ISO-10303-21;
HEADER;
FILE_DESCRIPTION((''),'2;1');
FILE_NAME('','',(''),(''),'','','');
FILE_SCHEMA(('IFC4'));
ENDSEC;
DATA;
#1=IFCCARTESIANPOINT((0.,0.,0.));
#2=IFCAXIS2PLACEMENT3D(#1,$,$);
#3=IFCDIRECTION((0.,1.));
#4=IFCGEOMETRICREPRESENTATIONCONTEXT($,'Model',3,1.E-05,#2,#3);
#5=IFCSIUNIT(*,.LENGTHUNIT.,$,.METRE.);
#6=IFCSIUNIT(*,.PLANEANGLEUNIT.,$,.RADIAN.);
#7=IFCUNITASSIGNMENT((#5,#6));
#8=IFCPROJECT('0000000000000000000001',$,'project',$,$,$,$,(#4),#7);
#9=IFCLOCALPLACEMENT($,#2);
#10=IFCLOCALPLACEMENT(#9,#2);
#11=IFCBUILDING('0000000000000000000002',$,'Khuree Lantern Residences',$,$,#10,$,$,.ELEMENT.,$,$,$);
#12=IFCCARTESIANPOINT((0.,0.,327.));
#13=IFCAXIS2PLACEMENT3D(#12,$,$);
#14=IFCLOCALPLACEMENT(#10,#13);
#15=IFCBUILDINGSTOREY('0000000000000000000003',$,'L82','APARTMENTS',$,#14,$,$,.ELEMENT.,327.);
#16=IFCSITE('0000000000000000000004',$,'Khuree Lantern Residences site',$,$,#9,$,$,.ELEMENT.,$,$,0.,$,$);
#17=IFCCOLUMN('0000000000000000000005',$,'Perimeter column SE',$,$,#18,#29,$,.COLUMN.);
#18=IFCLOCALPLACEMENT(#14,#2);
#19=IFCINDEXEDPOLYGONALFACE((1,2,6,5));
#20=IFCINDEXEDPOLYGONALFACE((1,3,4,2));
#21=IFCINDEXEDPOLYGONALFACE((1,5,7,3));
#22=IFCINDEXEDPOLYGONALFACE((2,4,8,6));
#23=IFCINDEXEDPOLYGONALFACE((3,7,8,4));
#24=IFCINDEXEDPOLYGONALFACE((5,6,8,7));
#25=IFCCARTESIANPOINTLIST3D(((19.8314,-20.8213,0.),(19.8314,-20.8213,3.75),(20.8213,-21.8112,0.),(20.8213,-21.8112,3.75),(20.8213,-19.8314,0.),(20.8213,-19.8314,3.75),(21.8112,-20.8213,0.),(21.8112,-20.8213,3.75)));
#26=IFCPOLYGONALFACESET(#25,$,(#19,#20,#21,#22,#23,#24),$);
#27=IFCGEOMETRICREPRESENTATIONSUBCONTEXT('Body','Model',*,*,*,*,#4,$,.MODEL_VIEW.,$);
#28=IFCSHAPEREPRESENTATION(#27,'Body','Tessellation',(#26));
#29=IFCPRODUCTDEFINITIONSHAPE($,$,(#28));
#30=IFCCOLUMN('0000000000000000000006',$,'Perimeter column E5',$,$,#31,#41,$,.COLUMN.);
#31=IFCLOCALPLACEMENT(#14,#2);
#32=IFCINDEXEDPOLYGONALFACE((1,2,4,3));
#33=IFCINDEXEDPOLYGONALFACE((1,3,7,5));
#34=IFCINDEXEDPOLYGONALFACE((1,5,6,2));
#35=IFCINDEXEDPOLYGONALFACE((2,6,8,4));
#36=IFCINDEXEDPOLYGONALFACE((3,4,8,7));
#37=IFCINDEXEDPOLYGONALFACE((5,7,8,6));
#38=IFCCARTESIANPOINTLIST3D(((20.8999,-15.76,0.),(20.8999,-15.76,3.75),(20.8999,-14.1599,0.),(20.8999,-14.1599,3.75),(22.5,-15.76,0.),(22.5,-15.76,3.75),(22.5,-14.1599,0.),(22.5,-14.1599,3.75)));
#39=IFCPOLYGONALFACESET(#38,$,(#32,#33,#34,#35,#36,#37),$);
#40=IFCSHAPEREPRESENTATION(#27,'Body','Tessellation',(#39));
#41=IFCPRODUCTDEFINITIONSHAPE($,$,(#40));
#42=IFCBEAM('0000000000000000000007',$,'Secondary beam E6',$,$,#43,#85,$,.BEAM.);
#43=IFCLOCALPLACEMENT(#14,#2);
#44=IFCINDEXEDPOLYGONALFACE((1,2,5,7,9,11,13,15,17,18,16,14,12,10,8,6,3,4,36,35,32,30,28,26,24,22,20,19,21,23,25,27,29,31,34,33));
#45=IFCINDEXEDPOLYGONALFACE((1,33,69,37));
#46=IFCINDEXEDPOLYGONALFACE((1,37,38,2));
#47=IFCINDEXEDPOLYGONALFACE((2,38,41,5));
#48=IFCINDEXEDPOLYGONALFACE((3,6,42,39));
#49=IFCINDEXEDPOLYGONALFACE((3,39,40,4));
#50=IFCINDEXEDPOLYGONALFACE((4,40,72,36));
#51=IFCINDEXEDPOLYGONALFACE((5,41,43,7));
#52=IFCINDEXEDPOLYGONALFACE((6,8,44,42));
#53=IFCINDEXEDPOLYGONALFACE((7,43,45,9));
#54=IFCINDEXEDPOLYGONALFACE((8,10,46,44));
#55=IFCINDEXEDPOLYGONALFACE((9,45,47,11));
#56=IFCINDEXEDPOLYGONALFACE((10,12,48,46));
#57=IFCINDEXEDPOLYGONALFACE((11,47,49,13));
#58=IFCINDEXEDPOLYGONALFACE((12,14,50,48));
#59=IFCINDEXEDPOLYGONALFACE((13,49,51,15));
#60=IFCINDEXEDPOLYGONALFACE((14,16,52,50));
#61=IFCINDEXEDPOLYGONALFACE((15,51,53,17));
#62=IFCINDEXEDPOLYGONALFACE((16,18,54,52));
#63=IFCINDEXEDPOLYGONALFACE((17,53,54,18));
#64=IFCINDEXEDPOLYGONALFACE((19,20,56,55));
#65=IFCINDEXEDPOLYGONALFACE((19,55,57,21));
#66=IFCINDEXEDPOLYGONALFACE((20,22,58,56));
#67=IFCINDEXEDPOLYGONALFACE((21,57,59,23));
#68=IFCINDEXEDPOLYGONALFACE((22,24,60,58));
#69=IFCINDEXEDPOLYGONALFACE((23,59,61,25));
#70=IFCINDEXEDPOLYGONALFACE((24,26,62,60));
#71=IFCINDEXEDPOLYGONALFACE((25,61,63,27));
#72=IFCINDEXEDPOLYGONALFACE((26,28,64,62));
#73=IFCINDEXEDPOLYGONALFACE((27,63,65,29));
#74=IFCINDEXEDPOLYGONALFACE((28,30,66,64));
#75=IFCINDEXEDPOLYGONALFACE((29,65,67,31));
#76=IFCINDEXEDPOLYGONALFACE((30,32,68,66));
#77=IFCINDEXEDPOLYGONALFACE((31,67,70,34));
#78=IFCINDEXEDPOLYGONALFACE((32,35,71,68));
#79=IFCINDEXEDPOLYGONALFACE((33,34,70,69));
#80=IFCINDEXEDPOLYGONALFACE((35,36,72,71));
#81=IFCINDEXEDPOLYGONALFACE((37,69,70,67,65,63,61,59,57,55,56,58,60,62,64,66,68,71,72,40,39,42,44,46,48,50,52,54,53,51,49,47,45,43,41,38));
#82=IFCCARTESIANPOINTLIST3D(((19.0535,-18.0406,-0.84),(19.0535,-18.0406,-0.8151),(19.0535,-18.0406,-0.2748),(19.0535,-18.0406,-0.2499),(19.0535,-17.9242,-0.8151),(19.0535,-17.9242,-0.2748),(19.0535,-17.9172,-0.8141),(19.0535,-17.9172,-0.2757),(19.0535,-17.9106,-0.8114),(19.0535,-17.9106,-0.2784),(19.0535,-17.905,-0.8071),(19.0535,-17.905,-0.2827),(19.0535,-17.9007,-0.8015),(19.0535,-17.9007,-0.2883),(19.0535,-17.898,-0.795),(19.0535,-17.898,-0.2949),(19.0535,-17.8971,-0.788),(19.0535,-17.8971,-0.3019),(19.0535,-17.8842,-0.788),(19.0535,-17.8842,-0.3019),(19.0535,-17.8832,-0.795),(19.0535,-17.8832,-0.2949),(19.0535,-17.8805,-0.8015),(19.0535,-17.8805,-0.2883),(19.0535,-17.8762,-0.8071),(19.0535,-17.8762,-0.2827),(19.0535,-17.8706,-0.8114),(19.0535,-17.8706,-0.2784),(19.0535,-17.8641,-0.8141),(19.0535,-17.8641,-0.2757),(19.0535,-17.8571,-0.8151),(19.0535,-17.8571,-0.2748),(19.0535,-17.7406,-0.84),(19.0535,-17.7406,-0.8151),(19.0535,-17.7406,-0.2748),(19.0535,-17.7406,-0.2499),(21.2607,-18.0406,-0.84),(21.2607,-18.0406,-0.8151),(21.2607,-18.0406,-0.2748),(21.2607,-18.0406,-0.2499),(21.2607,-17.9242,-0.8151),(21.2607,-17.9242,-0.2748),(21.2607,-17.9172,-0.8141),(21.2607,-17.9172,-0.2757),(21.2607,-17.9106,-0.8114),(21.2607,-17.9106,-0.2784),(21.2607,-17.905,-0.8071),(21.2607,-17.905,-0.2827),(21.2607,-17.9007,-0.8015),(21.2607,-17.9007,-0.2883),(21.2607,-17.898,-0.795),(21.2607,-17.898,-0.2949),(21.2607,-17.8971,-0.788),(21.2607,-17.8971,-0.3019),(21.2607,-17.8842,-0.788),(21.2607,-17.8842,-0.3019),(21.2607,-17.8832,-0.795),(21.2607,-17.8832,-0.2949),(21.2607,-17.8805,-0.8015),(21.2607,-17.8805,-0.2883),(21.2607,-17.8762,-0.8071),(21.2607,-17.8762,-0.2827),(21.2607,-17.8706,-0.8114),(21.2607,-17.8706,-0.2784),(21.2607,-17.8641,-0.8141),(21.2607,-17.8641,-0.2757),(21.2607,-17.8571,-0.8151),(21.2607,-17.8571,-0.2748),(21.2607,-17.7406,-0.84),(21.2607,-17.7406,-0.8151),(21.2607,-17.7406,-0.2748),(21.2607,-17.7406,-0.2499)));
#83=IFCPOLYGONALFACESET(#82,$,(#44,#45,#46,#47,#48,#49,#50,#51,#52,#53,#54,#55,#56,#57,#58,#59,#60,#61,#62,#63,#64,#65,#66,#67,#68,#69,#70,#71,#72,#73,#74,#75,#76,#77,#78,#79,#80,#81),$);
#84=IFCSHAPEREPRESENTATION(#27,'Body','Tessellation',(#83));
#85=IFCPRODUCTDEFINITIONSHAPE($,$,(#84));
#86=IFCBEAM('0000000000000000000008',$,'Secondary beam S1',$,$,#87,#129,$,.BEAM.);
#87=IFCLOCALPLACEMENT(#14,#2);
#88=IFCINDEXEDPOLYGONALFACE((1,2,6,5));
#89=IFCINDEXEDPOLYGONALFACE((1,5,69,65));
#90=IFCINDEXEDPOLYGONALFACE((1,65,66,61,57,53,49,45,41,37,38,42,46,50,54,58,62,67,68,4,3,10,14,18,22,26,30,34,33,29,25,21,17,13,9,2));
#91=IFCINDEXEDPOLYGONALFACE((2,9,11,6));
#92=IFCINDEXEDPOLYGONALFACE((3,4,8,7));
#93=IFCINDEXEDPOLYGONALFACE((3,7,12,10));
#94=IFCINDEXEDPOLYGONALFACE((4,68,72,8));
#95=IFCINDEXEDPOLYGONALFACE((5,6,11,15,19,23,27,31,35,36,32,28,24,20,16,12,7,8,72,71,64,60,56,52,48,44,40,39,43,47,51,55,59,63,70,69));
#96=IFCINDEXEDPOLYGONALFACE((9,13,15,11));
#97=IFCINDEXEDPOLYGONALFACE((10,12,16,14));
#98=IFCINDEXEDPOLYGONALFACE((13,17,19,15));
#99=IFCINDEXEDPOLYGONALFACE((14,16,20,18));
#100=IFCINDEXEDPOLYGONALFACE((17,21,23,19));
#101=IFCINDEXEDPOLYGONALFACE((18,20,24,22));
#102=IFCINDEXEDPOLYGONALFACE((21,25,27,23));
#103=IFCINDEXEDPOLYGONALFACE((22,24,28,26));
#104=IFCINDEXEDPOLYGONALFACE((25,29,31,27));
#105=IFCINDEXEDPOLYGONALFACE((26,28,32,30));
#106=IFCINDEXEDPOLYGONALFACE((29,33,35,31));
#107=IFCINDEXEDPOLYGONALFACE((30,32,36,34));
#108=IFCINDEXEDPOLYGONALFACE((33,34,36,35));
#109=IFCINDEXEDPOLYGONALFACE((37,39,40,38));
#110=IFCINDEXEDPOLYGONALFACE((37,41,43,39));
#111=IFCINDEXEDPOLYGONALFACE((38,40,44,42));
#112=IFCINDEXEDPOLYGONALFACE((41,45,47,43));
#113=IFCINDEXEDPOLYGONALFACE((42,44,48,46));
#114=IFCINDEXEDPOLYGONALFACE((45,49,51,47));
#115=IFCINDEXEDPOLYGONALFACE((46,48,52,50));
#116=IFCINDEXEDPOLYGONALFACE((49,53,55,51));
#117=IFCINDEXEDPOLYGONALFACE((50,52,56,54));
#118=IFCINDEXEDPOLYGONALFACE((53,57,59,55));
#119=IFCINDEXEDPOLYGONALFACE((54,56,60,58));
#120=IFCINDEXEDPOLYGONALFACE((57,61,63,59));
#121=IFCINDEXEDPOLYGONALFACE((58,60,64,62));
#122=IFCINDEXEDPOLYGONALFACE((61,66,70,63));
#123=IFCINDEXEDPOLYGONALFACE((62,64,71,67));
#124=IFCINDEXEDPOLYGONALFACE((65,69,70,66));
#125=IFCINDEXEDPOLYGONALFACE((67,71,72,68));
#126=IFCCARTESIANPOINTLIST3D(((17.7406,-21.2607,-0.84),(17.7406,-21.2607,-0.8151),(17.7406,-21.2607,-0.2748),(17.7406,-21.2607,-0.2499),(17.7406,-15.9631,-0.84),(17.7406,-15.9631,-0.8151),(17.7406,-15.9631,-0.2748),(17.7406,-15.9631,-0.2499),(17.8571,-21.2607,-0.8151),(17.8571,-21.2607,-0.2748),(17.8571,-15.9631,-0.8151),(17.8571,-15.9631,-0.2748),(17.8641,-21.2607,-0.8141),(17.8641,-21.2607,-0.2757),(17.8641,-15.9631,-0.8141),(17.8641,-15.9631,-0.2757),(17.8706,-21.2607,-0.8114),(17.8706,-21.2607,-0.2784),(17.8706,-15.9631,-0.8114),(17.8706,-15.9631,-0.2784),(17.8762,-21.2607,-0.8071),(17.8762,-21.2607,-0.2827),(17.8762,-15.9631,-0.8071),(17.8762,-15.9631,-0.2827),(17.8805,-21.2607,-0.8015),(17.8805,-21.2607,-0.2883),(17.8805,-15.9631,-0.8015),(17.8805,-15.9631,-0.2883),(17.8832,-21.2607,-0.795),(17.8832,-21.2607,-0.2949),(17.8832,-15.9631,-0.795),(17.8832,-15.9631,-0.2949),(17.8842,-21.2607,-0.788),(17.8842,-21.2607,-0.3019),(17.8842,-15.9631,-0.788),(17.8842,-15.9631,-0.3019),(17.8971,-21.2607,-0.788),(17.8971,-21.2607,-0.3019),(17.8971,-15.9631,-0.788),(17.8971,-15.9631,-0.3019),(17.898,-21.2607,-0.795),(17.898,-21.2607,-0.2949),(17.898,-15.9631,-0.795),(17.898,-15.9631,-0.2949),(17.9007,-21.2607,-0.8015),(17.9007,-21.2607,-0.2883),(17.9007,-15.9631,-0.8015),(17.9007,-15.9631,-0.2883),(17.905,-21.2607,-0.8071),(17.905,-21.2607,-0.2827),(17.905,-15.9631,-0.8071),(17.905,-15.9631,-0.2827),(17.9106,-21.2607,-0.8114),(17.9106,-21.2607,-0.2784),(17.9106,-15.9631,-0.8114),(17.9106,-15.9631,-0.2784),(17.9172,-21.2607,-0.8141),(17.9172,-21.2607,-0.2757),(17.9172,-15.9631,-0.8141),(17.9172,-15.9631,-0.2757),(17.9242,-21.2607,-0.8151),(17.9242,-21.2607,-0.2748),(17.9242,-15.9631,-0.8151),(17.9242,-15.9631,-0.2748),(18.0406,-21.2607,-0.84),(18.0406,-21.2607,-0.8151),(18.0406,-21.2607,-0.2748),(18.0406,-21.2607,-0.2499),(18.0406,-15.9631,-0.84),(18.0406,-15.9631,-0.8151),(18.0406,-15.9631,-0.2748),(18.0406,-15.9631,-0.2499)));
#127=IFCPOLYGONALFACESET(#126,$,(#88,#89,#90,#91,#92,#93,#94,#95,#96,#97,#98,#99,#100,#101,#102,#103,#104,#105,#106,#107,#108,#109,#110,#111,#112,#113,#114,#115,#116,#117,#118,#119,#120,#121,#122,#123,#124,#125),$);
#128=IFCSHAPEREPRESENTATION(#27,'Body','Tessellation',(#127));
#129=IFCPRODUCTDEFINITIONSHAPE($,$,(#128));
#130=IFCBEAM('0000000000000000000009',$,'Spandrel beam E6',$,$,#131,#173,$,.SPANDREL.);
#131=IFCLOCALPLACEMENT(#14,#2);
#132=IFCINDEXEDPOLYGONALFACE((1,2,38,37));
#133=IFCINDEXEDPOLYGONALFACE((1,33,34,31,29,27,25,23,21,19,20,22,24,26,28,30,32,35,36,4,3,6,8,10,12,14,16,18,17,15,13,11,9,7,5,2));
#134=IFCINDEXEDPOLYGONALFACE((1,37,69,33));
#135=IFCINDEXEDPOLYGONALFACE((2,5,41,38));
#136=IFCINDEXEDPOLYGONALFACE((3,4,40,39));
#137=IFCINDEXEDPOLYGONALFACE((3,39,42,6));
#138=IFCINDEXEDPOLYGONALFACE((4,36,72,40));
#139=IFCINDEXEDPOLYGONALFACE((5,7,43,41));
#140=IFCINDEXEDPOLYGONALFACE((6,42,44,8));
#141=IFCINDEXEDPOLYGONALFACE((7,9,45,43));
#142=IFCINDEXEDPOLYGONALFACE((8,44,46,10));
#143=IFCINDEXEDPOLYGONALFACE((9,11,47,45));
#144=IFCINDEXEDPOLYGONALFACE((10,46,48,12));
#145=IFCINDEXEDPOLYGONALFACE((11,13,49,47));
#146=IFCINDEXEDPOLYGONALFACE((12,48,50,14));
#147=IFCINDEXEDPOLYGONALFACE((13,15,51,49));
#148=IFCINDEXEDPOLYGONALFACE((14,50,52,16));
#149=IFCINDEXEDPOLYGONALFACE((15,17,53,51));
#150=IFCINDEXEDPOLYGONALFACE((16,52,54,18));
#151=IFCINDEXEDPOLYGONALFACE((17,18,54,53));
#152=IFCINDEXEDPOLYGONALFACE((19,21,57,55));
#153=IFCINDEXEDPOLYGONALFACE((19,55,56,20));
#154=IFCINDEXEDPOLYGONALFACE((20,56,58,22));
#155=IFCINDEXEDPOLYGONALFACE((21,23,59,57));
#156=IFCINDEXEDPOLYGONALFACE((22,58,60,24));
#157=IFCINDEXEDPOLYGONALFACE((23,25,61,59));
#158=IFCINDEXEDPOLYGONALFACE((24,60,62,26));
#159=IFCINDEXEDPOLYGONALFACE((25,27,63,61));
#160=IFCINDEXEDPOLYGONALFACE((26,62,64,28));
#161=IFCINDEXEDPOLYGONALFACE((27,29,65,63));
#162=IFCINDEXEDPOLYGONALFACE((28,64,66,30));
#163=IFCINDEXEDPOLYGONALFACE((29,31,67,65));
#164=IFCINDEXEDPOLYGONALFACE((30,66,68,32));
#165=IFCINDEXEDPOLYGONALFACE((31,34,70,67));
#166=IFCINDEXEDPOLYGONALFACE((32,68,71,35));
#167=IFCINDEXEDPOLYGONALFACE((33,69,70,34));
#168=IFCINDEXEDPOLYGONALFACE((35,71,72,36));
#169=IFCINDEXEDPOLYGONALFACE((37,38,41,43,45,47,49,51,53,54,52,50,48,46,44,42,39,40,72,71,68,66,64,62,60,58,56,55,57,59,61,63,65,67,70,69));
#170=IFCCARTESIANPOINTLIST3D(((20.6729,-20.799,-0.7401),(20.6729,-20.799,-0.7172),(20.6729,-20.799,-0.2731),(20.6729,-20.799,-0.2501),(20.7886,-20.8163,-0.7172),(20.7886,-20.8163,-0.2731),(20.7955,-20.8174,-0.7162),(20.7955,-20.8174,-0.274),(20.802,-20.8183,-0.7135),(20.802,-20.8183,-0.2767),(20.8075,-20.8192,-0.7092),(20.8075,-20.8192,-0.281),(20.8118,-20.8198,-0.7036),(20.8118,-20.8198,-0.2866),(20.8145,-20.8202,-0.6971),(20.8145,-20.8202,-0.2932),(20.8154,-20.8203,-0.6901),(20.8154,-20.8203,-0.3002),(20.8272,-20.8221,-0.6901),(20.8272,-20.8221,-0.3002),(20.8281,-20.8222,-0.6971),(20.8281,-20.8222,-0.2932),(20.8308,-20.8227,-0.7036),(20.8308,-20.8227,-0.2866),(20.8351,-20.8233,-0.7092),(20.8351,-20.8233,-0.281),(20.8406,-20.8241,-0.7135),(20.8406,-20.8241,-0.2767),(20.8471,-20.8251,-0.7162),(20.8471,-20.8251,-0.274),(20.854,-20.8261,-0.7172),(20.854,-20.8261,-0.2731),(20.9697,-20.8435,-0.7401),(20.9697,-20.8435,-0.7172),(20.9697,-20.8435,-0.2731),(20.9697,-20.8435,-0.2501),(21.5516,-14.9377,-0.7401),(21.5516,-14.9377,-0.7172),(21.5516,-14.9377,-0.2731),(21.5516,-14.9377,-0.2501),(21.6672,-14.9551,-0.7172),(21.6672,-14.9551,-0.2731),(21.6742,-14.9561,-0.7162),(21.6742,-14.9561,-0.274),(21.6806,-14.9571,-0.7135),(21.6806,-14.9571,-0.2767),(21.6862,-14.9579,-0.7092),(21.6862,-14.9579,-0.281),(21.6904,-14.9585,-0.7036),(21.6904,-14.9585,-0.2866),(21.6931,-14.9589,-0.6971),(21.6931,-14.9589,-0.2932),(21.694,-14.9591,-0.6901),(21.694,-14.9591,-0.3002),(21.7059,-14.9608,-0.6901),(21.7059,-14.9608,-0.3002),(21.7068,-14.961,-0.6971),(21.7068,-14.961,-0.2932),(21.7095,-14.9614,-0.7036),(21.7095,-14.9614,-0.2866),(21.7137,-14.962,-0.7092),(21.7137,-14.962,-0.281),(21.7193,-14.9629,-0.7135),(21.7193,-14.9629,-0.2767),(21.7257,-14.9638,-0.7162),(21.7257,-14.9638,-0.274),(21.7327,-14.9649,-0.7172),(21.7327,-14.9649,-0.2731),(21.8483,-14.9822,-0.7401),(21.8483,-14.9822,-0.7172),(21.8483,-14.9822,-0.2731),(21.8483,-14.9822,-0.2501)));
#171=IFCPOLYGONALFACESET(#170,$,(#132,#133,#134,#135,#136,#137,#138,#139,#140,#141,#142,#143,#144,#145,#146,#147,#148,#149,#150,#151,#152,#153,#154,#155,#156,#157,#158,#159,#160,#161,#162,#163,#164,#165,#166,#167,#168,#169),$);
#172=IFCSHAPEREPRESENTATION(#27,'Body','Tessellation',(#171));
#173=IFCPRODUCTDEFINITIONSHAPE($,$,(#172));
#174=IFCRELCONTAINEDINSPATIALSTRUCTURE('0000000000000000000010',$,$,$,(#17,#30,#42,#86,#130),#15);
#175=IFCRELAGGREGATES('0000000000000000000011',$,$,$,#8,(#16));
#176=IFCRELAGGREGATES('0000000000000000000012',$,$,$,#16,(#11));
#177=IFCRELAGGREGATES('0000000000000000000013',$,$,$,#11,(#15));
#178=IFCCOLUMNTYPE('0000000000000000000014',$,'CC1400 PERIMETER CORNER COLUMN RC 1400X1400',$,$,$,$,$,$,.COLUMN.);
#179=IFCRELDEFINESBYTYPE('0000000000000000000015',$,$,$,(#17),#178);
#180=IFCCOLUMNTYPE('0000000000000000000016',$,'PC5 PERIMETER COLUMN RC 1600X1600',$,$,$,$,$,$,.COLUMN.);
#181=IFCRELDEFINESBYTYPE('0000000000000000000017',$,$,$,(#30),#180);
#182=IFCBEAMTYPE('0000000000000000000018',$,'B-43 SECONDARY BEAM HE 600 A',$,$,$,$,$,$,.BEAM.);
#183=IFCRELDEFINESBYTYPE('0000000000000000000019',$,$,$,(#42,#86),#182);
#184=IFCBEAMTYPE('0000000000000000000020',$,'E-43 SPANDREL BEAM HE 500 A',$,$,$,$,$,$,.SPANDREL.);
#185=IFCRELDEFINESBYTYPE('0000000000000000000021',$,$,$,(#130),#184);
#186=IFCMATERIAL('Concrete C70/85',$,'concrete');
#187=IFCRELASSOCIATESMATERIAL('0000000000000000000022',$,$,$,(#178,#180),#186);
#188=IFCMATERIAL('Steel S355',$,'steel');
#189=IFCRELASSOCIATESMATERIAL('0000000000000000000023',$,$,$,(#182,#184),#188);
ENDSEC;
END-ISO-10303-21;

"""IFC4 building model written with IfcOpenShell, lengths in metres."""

from ifc_helpers import new_model, si_unit, direction, frame, origin, origin_2d, place, context, subcontext, project, spatial, rectangle, i_section, extrude, material, material_profile, profile_set, type_object, element, save


model = new_model("IFC4")

# Units and contexts
model_context = context("Model", 3, precision=1e-05, world=origin(), true_north=direction((0.0, 1.0)))
body_context = subcontext(model_context, "Body", "Model", "MODEL_VIEW")
ifc_project = project(units=[si_unit("LENGTHUNIT", "METRE"), si_unit("PLANEANGLEUNIT", "RADIAN")], contexts=[model_context])

# Site, building, storey
site_placement = place(None, origin())
site = spatial("IfcSite", under=ifc_project, at=site_placement, Name="Khuree Lantern Residences site", CompositionType="ELEMENT", RefElevation=0.0)
building_placement = place(site_placement, origin())
building = spatial("IfcBuilding", under=site, at=building_placement, Name="Khuree Lantern Residences", CompositionType="ELEMENT")
storey_placement = place(building_placement, frame((0.0, 0.0, 327.0)))
storey = spatial("IfcBuildingStorey", under=building, at=storey_placement, Name="L82", Description="APARTMENTS", CompositionType="ELEMENT", Elevation=327.0)

# Columns
ifc_material_1 = material(Name="Concrete C70/85", Category="concrete")
ifc_material_profile_1 = material_profile(ifc_material_1, rectangle(XDim=1.3999, YDim=1.3999, at=origin_2d()), Name="RC 1400X1400")
ifc_profile_set_1 = profile_set([ifc_material_profile_1], Name="Concrete C70/85")
column_type_1 = type_object("IfcColumnType", Name="CC1400 PERIMETER CORNER COLUMN RC 1400X1400", PredefinedType="COLUMN", material=ifc_profile_set_1)
column_1_placement = place(storey_placement, frame((20.8213, -20.8213, 0.0), z_axis=(0.0, 0.0, 1.0), x_axis=(0.707107, 0.707107, 0.0)))
element("IfcColumn", 1, at=column_1_placement, inside=storey, type_object=column_type_1, Name="Perimeter column SE", PredefinedType="COLUMN", context=body_context, shape_type="SweptSolid", body=[
    extrude(rectangle(XDim=1.3999, YDim=1.3999, at=origin_2d()), origin(), (0.0, 0.0, 1.0), 3.75),
])
ifc_material_profile_2 = material_profile(ifc_material_1, rectangle(XDim=1.6001, YDim=1.6001, at=origin_2d()), Name="RC 1600X1600")
ifc_profile_set_2 = profile_set([ifc_material_profile_2], Name="Concrete C70/85")
column_type_2 = type_object("IfcColumnType", Name="PC5 PERIMETER COLUMN RC 1600X1600", PredefinedType="COLUMN", material=ifc_profile_set_2)
column_2_placement = place(storey_placement, frame((21.7, -14.96, 0.0), z_axis=(0.0, 0.0, 1.0), x_axis=(0.0, 1.0, 0.0)))
element("IfcColumn", 2, at=column_2_placement, inside=storey, type_object=column_type_2, Name="Perimeter column E5", PredefinedType="COLUMN", context=body_context, shape_type="SweptSolid", body=[
    extrude(rectangle(XDim=1.6001, YDim=1.6001, at=origin_2d()), origin(), (0.0, 0.0, 1.0), 3.75),
])

# Beams
ifc_material_2 = material(Name="Steel S355", Category="steel")
ifc_material_profile_3 = material_profile(ifc_material_2, i_section(OverallWidth=0.3, OverallDepth=0.5901, WebThickness=0.0129, FlangeThickness=0.0249, FilletRadius=0.0271, at=origin_2d()), Name="HE 600 A")
ifc_profile_set_3 = profile_set([ifc_material_profile_3], Name="Steel S355")
beam_type_1 = type_object("IfcBeamType", Name="B-43 SECONDARY BEAM HE 600 A", PredefinedType="BEAM", material=ifc_profile_set_3)
beam_1_placement = place(storey_placement, frame((21.2607, -17.8906, -0.5449), z_axis=(-1.0, 0.0, 0.0), x_axis=(0.0, -1.0, 0.0)))
element("IfcBeam", 3, at=beam_1_placement, inside=storey, type_object=beam_type_1, Name="Secondary beam E6", PredefinedType="BEAM", context=body_context, shape_type="SweptSolid", body=[
    extrude(i_section(OverallWidth=0.3, OverallDepth=0.5901, WebThickness=0.0129, FlangeThickness=0.0249, FilletRadius=0.0271, at=origin_2d()), origin(), (0.0, 0.0, 1.0), 2.2073),
])
beam_2_placement = place(storey_placement, frame((17.8906, -21.2607, -0.5449), z_axis=(0.0, 1.0, 0.0), x_axis=(-1.0, 0.0, 0.0)))
element("IfcBeam", 4, at=beam_2_placement, inside=storey, type_object=beam_type_1, Name="Secondary beam S1", PredefinedType="BEAM", context=body_context, shape_type="SweptSolid", body=[
    extrude(i_section(OverallWidth=0.3, OverallDepth=0.5901, WebThickness=0.0129, FlangeThickness=0.0249, FilletRadius=0.0271, at=origin_2d()), origin(), (0.0, 0.0, 1.0), 5.2976),
])
ifc_material_profile_4 = material_profile(ifc_material_2, i_section(OverallWidth=0.3, OverallDepth=0.49, WebThickness=0.012, FlangeThickness=0.0229, FilletRadius=0.0271, at=origin_2d()), Name="HE 500 A")
ifc_profile_set_4 = profile_set([ifc_material_profile_4], Name="Steel S355")
beam_type_2 = type_object("IfcBeamType", Name="E-43 SPANDREL BEAM HE 500 A", PredefinedType="SPANDREL", material=ifc_profile_set_4)
for number, where, z_axis, x_axis, name in (
    (5, (21.7, -14.96, -0.4951), (-0.148252, -0.98895, 0.0), (0.98895, -0.148252, 0.0), "Spandrel beam E6"),
):
    element("IfcBeam", number, at=place(storey_placement, frame(where, z_axis=z_axis, x_axis=x_axis)), inside=storey, type_object=beam_type_2, Name=name, PredefinedType="SPANDREL", context=body_context, shape_type="SweptSolid", body=[
        extrude(i_section(OverallWidth=0.3, OverallDepth=0.49, WebThickness=0.012, FlangeThickness=0.0229, FilletRadius=0.0271, at=origin_2d()), origin(), (0.0, 0.0, 1.0), 5.9268),
    ])

save(model, "model.ifc")
